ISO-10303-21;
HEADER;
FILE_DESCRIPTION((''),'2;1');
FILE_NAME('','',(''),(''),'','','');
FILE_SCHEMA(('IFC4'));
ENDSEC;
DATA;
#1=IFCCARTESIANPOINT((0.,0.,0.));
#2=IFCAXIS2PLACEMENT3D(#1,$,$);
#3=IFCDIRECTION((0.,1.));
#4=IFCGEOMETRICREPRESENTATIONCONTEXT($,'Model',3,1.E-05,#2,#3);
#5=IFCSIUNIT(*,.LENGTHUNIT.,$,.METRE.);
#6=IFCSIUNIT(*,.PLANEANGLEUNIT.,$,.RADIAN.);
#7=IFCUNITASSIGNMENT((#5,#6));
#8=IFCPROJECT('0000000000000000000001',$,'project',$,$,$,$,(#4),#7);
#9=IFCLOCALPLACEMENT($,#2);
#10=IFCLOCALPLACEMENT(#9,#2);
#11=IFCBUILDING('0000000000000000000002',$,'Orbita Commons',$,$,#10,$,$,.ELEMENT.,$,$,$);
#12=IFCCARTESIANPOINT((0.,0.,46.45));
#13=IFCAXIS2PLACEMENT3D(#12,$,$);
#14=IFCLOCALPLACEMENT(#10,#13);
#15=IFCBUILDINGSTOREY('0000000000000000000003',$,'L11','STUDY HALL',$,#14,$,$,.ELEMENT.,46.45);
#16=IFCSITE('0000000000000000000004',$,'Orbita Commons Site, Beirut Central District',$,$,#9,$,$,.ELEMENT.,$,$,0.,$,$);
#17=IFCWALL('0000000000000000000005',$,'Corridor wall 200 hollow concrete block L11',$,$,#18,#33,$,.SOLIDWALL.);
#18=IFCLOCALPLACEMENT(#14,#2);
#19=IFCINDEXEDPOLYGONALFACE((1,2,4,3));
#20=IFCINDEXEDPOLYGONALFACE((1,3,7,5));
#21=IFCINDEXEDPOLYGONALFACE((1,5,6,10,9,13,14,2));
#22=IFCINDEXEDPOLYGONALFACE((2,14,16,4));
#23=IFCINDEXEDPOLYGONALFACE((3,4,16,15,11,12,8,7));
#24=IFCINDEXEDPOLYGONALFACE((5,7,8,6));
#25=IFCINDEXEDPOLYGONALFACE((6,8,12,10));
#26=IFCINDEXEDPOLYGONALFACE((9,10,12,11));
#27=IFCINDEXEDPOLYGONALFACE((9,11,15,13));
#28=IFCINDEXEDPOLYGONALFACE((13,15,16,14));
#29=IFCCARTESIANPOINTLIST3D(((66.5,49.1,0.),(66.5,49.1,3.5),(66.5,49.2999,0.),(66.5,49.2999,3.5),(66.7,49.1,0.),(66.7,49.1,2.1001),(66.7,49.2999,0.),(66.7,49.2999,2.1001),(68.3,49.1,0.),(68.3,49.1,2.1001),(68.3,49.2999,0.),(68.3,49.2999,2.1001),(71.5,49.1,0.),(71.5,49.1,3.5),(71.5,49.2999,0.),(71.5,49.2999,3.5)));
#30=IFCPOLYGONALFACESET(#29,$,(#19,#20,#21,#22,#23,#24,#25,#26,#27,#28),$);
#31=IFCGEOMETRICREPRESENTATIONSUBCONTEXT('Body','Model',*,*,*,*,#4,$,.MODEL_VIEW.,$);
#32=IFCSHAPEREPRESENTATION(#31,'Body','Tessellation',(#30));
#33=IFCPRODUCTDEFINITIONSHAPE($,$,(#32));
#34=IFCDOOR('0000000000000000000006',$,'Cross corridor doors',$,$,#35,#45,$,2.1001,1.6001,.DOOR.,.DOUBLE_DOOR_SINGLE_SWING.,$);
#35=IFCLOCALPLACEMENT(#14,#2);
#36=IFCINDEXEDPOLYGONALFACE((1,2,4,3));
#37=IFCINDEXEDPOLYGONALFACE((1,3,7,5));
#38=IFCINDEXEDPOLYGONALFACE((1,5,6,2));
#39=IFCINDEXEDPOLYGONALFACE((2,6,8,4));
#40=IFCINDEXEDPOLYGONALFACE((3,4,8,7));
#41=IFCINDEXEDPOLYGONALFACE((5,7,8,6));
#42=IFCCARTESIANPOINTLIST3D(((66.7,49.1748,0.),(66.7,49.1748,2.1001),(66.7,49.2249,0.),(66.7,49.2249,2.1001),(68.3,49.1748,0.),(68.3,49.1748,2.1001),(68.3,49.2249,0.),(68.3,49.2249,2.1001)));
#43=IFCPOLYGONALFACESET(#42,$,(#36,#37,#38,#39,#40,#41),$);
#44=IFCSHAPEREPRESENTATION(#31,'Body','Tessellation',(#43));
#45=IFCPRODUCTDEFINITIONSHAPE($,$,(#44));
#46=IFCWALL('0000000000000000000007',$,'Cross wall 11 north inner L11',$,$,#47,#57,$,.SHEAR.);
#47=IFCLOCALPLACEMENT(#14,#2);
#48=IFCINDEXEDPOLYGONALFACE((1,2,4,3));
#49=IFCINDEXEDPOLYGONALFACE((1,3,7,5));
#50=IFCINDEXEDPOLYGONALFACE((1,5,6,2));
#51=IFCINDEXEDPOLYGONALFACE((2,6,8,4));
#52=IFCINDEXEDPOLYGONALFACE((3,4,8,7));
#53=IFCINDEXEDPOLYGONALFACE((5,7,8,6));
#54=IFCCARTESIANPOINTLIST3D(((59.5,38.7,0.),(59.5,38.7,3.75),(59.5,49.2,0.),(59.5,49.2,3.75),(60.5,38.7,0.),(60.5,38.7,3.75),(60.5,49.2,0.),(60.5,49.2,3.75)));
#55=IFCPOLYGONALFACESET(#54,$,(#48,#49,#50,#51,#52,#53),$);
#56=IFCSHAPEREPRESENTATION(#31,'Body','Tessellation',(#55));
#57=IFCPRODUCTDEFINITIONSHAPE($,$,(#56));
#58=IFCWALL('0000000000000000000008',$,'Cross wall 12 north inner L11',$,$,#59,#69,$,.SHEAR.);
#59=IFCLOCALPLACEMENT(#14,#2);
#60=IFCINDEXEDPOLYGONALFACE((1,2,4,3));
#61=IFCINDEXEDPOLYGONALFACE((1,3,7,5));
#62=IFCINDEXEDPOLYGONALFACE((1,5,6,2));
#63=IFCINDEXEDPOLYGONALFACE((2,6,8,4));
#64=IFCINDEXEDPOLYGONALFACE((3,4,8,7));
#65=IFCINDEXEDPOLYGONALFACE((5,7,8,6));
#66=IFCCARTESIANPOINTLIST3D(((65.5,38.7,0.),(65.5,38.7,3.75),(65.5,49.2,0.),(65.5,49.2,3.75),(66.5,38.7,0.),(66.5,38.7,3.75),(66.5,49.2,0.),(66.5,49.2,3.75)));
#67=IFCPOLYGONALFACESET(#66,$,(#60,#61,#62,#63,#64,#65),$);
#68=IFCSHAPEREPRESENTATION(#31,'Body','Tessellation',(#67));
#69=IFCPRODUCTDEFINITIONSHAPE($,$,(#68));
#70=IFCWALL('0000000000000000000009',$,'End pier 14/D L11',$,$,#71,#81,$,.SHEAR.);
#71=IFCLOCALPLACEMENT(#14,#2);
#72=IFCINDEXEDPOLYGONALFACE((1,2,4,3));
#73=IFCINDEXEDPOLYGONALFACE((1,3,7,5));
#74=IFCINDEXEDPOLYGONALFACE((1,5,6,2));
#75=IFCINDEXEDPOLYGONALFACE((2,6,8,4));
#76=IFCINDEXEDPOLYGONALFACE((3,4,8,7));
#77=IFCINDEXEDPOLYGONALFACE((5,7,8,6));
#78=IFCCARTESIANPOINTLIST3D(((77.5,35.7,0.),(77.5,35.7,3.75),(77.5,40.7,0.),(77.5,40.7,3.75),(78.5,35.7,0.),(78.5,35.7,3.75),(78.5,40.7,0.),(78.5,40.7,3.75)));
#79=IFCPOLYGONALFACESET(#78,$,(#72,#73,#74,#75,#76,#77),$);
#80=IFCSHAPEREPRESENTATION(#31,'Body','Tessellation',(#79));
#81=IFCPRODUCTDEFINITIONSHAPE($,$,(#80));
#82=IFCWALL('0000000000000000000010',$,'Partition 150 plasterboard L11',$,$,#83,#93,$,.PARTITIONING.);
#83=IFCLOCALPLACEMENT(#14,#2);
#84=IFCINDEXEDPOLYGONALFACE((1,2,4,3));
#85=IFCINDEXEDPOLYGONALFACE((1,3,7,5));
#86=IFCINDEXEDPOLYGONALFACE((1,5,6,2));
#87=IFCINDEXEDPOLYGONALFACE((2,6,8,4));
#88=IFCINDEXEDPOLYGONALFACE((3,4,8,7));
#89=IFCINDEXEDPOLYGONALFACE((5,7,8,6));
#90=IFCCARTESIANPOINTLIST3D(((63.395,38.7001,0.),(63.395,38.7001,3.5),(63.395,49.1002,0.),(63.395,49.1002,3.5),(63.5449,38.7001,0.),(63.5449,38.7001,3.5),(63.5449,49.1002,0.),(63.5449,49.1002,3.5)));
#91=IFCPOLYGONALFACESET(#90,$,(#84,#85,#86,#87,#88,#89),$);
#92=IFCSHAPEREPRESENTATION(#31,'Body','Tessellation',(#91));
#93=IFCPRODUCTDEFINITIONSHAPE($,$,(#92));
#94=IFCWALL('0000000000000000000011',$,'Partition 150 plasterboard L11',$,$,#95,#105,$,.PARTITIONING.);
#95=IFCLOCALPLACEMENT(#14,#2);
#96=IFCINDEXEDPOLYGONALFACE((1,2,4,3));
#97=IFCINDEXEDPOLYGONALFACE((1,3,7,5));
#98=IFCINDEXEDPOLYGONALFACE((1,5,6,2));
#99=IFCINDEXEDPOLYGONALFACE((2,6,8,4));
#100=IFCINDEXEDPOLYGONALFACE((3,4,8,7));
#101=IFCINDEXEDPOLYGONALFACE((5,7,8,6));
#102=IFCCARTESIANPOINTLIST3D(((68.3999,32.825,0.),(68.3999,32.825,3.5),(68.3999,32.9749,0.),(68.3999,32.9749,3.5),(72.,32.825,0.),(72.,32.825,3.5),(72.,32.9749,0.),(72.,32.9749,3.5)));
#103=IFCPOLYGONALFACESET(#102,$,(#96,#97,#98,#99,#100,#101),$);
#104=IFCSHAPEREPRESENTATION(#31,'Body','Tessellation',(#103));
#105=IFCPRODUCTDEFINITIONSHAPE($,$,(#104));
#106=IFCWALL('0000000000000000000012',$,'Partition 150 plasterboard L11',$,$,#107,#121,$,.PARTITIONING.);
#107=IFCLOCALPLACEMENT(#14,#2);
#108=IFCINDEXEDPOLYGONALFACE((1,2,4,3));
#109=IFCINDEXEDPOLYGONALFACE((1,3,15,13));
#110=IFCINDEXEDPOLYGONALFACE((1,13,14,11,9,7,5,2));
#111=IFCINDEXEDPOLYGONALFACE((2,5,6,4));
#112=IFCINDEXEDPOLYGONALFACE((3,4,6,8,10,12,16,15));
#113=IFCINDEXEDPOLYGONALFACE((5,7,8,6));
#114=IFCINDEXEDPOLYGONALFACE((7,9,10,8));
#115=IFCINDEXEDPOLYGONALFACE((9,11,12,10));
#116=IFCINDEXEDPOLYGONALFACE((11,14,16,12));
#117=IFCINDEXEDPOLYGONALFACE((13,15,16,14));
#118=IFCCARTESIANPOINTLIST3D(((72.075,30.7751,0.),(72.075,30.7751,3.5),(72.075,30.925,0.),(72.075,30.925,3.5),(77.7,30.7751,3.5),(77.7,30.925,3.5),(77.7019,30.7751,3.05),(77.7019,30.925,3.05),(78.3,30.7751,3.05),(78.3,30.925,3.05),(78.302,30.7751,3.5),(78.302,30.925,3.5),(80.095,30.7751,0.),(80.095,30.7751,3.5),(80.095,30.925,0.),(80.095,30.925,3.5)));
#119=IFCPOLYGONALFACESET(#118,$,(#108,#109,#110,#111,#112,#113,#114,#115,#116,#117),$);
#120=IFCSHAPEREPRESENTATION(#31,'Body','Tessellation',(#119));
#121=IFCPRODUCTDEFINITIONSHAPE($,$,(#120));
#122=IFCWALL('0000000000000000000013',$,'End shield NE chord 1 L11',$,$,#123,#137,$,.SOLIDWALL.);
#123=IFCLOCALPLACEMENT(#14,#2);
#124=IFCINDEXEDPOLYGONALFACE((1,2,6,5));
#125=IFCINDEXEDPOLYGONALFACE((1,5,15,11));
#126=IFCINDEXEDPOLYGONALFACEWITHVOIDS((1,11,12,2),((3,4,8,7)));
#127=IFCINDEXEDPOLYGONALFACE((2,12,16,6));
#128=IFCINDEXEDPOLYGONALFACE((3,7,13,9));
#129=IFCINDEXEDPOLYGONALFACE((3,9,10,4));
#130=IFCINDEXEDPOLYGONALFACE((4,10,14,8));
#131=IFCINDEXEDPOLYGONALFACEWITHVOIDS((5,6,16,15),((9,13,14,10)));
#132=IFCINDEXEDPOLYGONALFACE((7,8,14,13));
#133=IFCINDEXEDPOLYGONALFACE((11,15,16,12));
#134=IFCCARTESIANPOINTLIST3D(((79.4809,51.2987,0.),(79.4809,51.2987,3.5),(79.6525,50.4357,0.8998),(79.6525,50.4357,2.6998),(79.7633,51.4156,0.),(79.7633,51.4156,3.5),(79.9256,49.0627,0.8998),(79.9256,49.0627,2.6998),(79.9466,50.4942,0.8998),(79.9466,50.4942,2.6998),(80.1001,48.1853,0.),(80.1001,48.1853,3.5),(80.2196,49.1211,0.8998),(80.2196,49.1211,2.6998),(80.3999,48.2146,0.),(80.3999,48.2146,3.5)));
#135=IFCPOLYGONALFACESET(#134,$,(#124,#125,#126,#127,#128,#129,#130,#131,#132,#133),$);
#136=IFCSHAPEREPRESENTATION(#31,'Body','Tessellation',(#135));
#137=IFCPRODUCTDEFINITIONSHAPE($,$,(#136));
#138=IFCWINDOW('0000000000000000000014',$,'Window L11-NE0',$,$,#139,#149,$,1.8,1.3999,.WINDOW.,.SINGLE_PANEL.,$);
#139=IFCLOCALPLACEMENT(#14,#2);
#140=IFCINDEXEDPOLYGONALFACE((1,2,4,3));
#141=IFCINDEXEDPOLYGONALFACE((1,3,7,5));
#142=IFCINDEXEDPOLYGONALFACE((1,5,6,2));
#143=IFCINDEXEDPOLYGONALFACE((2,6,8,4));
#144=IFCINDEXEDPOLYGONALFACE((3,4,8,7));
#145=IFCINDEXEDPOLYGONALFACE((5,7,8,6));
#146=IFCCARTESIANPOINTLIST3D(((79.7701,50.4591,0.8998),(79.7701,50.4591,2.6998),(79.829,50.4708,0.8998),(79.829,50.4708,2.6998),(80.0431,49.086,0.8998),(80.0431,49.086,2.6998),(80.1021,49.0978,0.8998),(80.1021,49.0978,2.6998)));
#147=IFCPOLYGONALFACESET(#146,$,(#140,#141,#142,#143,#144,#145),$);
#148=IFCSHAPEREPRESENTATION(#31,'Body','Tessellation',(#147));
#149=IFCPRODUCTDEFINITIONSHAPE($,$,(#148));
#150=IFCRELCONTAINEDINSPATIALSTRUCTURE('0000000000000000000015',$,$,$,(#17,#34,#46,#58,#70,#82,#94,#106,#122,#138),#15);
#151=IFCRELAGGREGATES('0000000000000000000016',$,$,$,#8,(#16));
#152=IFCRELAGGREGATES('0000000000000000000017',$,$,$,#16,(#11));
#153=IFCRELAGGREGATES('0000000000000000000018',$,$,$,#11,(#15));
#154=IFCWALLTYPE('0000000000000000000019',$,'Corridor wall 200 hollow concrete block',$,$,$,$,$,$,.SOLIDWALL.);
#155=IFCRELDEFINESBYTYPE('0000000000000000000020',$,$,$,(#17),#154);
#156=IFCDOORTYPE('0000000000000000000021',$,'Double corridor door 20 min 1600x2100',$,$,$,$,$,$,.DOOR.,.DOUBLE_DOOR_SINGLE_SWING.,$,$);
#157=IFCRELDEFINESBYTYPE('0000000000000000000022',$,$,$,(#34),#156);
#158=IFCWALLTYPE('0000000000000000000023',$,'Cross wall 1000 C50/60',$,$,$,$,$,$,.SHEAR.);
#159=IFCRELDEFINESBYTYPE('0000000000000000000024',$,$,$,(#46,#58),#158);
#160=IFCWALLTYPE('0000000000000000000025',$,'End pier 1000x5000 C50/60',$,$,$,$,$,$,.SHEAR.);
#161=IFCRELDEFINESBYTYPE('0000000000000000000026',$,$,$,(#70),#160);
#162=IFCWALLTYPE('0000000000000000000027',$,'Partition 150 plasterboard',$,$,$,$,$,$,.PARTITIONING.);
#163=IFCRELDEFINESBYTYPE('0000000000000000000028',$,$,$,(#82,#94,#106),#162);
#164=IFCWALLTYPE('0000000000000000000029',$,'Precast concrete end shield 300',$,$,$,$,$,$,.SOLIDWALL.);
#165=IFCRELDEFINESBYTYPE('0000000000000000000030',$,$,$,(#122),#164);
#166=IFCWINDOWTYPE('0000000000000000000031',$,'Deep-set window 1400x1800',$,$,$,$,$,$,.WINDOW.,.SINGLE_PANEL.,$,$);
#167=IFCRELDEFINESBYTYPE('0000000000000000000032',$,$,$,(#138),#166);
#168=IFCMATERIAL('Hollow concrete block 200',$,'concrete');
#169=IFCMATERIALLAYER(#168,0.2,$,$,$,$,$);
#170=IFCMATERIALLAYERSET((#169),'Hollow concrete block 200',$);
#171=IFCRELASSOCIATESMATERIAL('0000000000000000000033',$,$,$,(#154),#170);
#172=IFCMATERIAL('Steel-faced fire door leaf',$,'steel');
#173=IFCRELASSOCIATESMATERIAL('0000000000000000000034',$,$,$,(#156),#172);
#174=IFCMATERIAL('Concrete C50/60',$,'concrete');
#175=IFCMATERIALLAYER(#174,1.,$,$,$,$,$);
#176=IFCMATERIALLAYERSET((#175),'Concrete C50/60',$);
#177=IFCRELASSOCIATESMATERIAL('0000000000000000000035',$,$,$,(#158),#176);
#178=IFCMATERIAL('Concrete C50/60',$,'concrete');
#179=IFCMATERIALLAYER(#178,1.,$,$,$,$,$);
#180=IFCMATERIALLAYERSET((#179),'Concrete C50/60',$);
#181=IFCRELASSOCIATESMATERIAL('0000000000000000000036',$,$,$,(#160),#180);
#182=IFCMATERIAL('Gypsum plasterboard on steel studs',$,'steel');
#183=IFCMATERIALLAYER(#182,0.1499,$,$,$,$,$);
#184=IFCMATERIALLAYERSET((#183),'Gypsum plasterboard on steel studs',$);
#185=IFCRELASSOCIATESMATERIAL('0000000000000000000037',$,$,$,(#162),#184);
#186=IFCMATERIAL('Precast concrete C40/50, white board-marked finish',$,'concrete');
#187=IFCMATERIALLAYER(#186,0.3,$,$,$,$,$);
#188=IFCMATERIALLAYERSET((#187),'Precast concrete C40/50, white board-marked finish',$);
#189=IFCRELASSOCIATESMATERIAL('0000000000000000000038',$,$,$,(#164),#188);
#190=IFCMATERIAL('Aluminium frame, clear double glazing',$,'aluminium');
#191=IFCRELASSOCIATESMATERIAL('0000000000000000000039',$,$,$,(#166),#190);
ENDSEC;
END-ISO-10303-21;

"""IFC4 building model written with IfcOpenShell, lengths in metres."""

from ifc_helpers import new_model, si_unit, direction, frame, frame_2d, origin, place, context, subcontext, project, spatial, polyline, rectangle, outline, extrude, material, layer, layer_set, type_object, element, fill, save


model = new_model("IFC4")

# Units and contexts
model_context = context("Model", 3, precision=1e-05, world=origin(), true_north=direction((0.0, 1.0)))
body_context = subcontext(model_context, "Body", "Model", "MODEL_VIEW")
ifc_project = project(units=[si_unit("LENGTHUNIT", "METRE"), si_unit("PLANEANGLEUNIT", "RADIAN")], contexts=[model_context])

# Site, building, storey
site_placement = place(None, origin())
site = spatial("IfcSite", under=ifc_project, at=site_placement, Name="Orbita Commons Site, Beirut Central District", CompositionType="ELEMENT", RefElevation=0.0)
building_placement = place(site_placement, origin())
building = spatial("IfcBuilding", under=site, at=building_placement, Name="Orbita Commons", CompositionType="ELEMENT")
storey_placement = place(building_placement, frame((0.0, 0.0, 46.45)))
storey = spatial("IfcBuildingStorey", under=building, at=storey_placement, Name="L11", Description="STUDY HALL", CompositionType="ELEMENT", Elevation=46.45)

# Shared definitions
ifc_material_1 = material(Name="Hollow concrete block 200", Category="concrete")
ifc_layer_1 = layer(ifc_material_1, 0.2)
ifc_layer_set_1 = layer_set([ifc_layer_1], Name="Hollow concrete block 200")
wall_type_1 = type_object("IfcWallType", Name="Corridor wall 200 hollow concrete block", PredefinedType="SOLIDWALL", material=ifc_layer_set_1)

# Wall, opening, door
wall_1_placement = place(storey_placement, frame((66.5, 49.2, 0.0), z_axis=(0.0, 0.0, 1.0), x_axis=(1.0, 0.0, 0.0)))
wall_1 = element("IfcWall", 1, at=wall_1_placement, inside=storey, type_object=wall_type_1, Name="Corridor wall 200 hollow concrete block L11", PredefinedType="SOLIDWALL", context=body_context, shape_type="SweptSolid", body=[
    extrude(rectangle(XDim=5.0, YDim=0.2, at=frame_2d((2.5, 0.0))), origin(), (0.0, 0.0, 1.0), 3.5),
])
opening_1_placement = place(wall_1_placement, frame((0.2, 0.0, 0.0)))
opening_1 = element("IfcOpeningElement", 2, at=opening_1_placement, cuts=wall_1, PredefinedType="OPENING", context=body_context, shape_type="SweptSolid", body=[
    extrude(rectangle(XDim=1.6001, YDim=2.1001, at=frame_2d((0.8, 1.05))), frame((0.0, 0.1099, 0.0), z_axis=(0.0, -1.0, 0.0), x_axis=(1.0, 0.0, 0.0)), (0.0, 0.0, 1.0), 0.22),
])
ifc_material_2 = material(Name="Steel-faced fire door leaf", Category="steel")
door_type_1 = type_object("IfcDoorType", Name="Double corridor door 20 min 1600x2100", OperationType="DOUBLE_DOOR_SINGLE_SWING", PredefinedType="DOOR", material=ifc_material_2)
door_1_placement = place(opening_1_placement, origin())
door_1 = element("IfcDoor", 3, at=door_1_placement, inside=storey, type_object=door_type_1, Name="Cross corridor doors", OperationType="DOUBLE_DOOR_SINGLE_SWING", OverallHeight=2.1001, OverallWidth=1.6001, PredefinedType="DOOR", context=body_context, shape_type="SweptSolid", body=[
    extrude(rectangle(XDim=1.6001, YDim=2.1001, at=frame_2d((0.8, 1.05))), frame((0.0, 0.0249, 0.0), z_axis=(0.0, -1.0, 0.0), x_axis=(1.0, 0.0, 0.0)), (0.0, 0.0, 1.0), 0.05),
])
fill(opening_1, door_1)

# Walls
ifc_material_3 = material(Name="Concrete C50/60", Category="concrete")
ifc_layer_2 = layer(ifc_material_3, 1.0)
ifc_layer_set_2 = layer_set([ifc_layer_2], Name="Concrete C50/60")
wall_type_2 = type_object("IfcWallType", Name="Cross wall 1000 C50/60", PredefinedType="SHEAR", material=ifc_layer_set_2)
for number, where, z_axis, x_axis, name in (
    (4, (60.0, 38.7, 0.0), (0.0, 0.0, 1.0), (0.0, 1.0, 0.0), "Cross wall 11 north inner L11"),
    (5, (66.0, 38.7, 0.0), (0.0, 0.0, 1.0), (0.0, 1.0, 0.0), "Cross wall 12 north inner L11"),
):
    element("IfcWall", number, at=place(storey_placement, frame(where, z_axis=z_axis, x_axis=x_axis)), inside=storey, type_object=wall_type_2, Name=name, PredefinedType="SHEAR", context=body_context, shape_type="SweptSolid", body=[
        extrude(rectangle(XDim=10.5, YDim=1.0, at=frame_2d((5.25, 0.0))), origin(), (0.0, 0.0, 1.0), 3.75),
    ])
ifc_material_4 = material(Name="Concrete C50/60", Category="concrete")
ifc_layer_3 = layer(ifc_material_4, 1.0)
ifc_layer_set_3 = layer_set([ifc_layer_3], Name="Concrete C50/60")
wall_type_3 = type_object("IfcWallType", Name="End pier 1000x5000 C50/60", PredefinedType="SHEAR", material=ifc_layer_set_3)
wall_2_placement = place(storey_placement, frame((78.0, 35.7, 0.0), z_axis=(0.0, 0.0, 1.0), x_axis=(0.0, 1.0, 0.0)))
element("IfcWall", 6, at=wall_2_placement, inside=storey, type_object=wall_type_3, Name="End pier 14/D L11", PredefinedType="SHEAR", context=body_context, shape_type="SweptSolid", body=[
    extrude(rectangle(XDim=5.0, YDim=1.0, at=frame_2d((2.5, 0.0))), origin(), (0.0, 0.0, 1.0), 3.75),
])
ifc_material_5 = material(Name="Gypsum plasterboard on steel studs", Category="steel")
ifc_layer_4 = layer(ifc_material_5, 0.1499)
ifc_layer_set_4 = layer_set([ifc_layer_4], Name="Gypsum plasterboard on steel studs")
wall_type_4 = type_object("IfcWallType", Name="Partition 150 plasterboard", PredefinedType="PARTITIONING", material=ifc_layer_set_4)
wall_3_placement = place(storey_placement, frame((63.47, 38.7, 0.0), z_axis=(0.0, 0.0, 1.0), x_axis=(0.0, 1.0, 0.0)))
element("IfcWall", 7, at=wall_3_placement, inside=storey, type_object=wall_type_4, Name="Partition 150 plasterboard L11", PredefinedType="PARTITIONING", context=body_context, shape_type="SweptSolid", body=[
    extrude(rectangle(XDim=10.4001, YDim=0.1499, at=frame_2d((5.2002, 0.0))), origin(), (0.0, 0.0, 1.0), 3.5),
])
wall_4_placement = place(storey_placement, frame((68.3999, 32.8999, 0.0), z_axis=(0.0, 0.0, 1.0), x_axis=(1.0, 0.0, 0.0)))
element("IfcWall", 8, at=wall_4_placement, inside=storey, type_object=wall_type_4, Name="Partition 150 plasterboard L11", PredefinedType="PARTITIONING", context=body_context, shape_type="SweptSolid", body=[
    extrude(rectangle(XDim=3.6001, YDim=0.1499, at=frame_2d((1.8, 0.0))), origin(), (0.0, 0.0, 1.0), 3.5),
])
wall_5_placement = place(storey_placement, frame((72.075, 30.8501, 0.0), z_axis=(0.0, 0.0, 1.0), x_axis=(1.0, 0.0, 0.0)))
element("IfcWall", 9, at=wall_5_placement, inside=storey, type_object=wall_type_4, Name="Partition 150 plasterboard L11", PredefinedType="PARTITIONING", context=body_context, shape_type="SweptSolid", body=[
    extrude(outline(polyline([(0.0, 0.0), (8.02, 0.0), (8.02, 3.5), (6.2271, 3.5), (6.2251, 3.05), (5.627, 3.05), (5.625, 3.5), (0.0, 3.5), (0.0, 0.0)])), frame((0.0, 0.075, 0.0), z_axis=(0.0, -1.0, 0.0), x_axis=(1.0, 0.0, 0.0)), (0.0, 0.0, 1.0), 0.1499),
])

# Wall, opening, window
ifc_material_6 = material(Name="Precast concrete C40/50, white board-marked finish", Category="concrete")
ifc_layer_5 = layer(ifc_material_6, 0.3)
ifc_layer_set_5 = layer_set([ifc_layer_5], Name="Precast concrete C40/50, white board-marked finish")
wall_type_5 = type_object("IfcWallType", Name="Precast concrete end shield 300", PredefinedType="SOLIDWALL", material=ifc_layer_set_5)
wall_6_placement = place(storey_placement, frame((80.25, 48.2, 0.0), z_axis=(0.0, 0.0, 1.0), x_axis=(-0.195066, 0.98079, 0.0)))
wall_6 = element("IfcWall", 10, at=wall_6_placement, inside=storey, type_object=wall_type_5, Name="End shield NE chord 1 L11", PredefinedType="SOLIDWALL", context=body_context, shape_type="SweptSolid", body=[
    extrude(outline(polyline([(-0.0149, -0.1499), (3.2488, -0.1499), (3.1892, 0.1499), (0.0149, 0.1499), (-0.0149, -0.1499)])), origin(), (0.0, 0.0, 1.0), 3.5),
])
opening_2_placement = place(wall_6_placement, frame((0.9094, 0.0, 0.8999)))
opening_2 = element("IfcOpeningElement", 11, at=opening_2_placement, cuts=wall_6, PredefinedType="OPENING", context=body_context, shape_type="SweptSolid", body=[
    extrude(rectangle(XDim=1.3999, YDim=1.8, at=frame_2d((0.7, 0.8999))), frame((0.0, 0.1599, 0.0), z_axis=(0.0, -1.0, 0.0), x_axis=(1.0, 0.0, 0.0)), (0.0, 0.0, 1.0), 0.3201),
])
ifc_material_7 = material(Name="Aluminium frame, clear double glazing", Category="aluminium")
window_type = type_object("IfcWindowType", Name="Deep-set window 1400x1800", PartitioningType="SINGLE_PANEL", PredefinedType="WINDOW", material=ifc_material_7)
window_placement = place(opening_2_placement, origin())
window = element("IfcWindow", 12, at=window_placement, inside=storey, type_object=window_type, Name="Window L11-NE0", OverallHeight=1.8, OverallWidth=1.3999, PartitioningType="SINGLE_PANEL", PredefinedType="WINDOW", context=body_context, shape_type="SweptSolid", body=[
    extrude(rectangle(XDim=1.3999, YDim=1.8, at=frame_2d((0.7, 0.8999))), frame((0.0, 0.03, 0.0), z_axis=(0.0, -1.0, 0.0), x_axis=(1.0, 0.0, 0.0)), (0.0, 0.0, 1.0), 0.0601),
])
fill(opening_2, window)

save(model, "model.ifc")
